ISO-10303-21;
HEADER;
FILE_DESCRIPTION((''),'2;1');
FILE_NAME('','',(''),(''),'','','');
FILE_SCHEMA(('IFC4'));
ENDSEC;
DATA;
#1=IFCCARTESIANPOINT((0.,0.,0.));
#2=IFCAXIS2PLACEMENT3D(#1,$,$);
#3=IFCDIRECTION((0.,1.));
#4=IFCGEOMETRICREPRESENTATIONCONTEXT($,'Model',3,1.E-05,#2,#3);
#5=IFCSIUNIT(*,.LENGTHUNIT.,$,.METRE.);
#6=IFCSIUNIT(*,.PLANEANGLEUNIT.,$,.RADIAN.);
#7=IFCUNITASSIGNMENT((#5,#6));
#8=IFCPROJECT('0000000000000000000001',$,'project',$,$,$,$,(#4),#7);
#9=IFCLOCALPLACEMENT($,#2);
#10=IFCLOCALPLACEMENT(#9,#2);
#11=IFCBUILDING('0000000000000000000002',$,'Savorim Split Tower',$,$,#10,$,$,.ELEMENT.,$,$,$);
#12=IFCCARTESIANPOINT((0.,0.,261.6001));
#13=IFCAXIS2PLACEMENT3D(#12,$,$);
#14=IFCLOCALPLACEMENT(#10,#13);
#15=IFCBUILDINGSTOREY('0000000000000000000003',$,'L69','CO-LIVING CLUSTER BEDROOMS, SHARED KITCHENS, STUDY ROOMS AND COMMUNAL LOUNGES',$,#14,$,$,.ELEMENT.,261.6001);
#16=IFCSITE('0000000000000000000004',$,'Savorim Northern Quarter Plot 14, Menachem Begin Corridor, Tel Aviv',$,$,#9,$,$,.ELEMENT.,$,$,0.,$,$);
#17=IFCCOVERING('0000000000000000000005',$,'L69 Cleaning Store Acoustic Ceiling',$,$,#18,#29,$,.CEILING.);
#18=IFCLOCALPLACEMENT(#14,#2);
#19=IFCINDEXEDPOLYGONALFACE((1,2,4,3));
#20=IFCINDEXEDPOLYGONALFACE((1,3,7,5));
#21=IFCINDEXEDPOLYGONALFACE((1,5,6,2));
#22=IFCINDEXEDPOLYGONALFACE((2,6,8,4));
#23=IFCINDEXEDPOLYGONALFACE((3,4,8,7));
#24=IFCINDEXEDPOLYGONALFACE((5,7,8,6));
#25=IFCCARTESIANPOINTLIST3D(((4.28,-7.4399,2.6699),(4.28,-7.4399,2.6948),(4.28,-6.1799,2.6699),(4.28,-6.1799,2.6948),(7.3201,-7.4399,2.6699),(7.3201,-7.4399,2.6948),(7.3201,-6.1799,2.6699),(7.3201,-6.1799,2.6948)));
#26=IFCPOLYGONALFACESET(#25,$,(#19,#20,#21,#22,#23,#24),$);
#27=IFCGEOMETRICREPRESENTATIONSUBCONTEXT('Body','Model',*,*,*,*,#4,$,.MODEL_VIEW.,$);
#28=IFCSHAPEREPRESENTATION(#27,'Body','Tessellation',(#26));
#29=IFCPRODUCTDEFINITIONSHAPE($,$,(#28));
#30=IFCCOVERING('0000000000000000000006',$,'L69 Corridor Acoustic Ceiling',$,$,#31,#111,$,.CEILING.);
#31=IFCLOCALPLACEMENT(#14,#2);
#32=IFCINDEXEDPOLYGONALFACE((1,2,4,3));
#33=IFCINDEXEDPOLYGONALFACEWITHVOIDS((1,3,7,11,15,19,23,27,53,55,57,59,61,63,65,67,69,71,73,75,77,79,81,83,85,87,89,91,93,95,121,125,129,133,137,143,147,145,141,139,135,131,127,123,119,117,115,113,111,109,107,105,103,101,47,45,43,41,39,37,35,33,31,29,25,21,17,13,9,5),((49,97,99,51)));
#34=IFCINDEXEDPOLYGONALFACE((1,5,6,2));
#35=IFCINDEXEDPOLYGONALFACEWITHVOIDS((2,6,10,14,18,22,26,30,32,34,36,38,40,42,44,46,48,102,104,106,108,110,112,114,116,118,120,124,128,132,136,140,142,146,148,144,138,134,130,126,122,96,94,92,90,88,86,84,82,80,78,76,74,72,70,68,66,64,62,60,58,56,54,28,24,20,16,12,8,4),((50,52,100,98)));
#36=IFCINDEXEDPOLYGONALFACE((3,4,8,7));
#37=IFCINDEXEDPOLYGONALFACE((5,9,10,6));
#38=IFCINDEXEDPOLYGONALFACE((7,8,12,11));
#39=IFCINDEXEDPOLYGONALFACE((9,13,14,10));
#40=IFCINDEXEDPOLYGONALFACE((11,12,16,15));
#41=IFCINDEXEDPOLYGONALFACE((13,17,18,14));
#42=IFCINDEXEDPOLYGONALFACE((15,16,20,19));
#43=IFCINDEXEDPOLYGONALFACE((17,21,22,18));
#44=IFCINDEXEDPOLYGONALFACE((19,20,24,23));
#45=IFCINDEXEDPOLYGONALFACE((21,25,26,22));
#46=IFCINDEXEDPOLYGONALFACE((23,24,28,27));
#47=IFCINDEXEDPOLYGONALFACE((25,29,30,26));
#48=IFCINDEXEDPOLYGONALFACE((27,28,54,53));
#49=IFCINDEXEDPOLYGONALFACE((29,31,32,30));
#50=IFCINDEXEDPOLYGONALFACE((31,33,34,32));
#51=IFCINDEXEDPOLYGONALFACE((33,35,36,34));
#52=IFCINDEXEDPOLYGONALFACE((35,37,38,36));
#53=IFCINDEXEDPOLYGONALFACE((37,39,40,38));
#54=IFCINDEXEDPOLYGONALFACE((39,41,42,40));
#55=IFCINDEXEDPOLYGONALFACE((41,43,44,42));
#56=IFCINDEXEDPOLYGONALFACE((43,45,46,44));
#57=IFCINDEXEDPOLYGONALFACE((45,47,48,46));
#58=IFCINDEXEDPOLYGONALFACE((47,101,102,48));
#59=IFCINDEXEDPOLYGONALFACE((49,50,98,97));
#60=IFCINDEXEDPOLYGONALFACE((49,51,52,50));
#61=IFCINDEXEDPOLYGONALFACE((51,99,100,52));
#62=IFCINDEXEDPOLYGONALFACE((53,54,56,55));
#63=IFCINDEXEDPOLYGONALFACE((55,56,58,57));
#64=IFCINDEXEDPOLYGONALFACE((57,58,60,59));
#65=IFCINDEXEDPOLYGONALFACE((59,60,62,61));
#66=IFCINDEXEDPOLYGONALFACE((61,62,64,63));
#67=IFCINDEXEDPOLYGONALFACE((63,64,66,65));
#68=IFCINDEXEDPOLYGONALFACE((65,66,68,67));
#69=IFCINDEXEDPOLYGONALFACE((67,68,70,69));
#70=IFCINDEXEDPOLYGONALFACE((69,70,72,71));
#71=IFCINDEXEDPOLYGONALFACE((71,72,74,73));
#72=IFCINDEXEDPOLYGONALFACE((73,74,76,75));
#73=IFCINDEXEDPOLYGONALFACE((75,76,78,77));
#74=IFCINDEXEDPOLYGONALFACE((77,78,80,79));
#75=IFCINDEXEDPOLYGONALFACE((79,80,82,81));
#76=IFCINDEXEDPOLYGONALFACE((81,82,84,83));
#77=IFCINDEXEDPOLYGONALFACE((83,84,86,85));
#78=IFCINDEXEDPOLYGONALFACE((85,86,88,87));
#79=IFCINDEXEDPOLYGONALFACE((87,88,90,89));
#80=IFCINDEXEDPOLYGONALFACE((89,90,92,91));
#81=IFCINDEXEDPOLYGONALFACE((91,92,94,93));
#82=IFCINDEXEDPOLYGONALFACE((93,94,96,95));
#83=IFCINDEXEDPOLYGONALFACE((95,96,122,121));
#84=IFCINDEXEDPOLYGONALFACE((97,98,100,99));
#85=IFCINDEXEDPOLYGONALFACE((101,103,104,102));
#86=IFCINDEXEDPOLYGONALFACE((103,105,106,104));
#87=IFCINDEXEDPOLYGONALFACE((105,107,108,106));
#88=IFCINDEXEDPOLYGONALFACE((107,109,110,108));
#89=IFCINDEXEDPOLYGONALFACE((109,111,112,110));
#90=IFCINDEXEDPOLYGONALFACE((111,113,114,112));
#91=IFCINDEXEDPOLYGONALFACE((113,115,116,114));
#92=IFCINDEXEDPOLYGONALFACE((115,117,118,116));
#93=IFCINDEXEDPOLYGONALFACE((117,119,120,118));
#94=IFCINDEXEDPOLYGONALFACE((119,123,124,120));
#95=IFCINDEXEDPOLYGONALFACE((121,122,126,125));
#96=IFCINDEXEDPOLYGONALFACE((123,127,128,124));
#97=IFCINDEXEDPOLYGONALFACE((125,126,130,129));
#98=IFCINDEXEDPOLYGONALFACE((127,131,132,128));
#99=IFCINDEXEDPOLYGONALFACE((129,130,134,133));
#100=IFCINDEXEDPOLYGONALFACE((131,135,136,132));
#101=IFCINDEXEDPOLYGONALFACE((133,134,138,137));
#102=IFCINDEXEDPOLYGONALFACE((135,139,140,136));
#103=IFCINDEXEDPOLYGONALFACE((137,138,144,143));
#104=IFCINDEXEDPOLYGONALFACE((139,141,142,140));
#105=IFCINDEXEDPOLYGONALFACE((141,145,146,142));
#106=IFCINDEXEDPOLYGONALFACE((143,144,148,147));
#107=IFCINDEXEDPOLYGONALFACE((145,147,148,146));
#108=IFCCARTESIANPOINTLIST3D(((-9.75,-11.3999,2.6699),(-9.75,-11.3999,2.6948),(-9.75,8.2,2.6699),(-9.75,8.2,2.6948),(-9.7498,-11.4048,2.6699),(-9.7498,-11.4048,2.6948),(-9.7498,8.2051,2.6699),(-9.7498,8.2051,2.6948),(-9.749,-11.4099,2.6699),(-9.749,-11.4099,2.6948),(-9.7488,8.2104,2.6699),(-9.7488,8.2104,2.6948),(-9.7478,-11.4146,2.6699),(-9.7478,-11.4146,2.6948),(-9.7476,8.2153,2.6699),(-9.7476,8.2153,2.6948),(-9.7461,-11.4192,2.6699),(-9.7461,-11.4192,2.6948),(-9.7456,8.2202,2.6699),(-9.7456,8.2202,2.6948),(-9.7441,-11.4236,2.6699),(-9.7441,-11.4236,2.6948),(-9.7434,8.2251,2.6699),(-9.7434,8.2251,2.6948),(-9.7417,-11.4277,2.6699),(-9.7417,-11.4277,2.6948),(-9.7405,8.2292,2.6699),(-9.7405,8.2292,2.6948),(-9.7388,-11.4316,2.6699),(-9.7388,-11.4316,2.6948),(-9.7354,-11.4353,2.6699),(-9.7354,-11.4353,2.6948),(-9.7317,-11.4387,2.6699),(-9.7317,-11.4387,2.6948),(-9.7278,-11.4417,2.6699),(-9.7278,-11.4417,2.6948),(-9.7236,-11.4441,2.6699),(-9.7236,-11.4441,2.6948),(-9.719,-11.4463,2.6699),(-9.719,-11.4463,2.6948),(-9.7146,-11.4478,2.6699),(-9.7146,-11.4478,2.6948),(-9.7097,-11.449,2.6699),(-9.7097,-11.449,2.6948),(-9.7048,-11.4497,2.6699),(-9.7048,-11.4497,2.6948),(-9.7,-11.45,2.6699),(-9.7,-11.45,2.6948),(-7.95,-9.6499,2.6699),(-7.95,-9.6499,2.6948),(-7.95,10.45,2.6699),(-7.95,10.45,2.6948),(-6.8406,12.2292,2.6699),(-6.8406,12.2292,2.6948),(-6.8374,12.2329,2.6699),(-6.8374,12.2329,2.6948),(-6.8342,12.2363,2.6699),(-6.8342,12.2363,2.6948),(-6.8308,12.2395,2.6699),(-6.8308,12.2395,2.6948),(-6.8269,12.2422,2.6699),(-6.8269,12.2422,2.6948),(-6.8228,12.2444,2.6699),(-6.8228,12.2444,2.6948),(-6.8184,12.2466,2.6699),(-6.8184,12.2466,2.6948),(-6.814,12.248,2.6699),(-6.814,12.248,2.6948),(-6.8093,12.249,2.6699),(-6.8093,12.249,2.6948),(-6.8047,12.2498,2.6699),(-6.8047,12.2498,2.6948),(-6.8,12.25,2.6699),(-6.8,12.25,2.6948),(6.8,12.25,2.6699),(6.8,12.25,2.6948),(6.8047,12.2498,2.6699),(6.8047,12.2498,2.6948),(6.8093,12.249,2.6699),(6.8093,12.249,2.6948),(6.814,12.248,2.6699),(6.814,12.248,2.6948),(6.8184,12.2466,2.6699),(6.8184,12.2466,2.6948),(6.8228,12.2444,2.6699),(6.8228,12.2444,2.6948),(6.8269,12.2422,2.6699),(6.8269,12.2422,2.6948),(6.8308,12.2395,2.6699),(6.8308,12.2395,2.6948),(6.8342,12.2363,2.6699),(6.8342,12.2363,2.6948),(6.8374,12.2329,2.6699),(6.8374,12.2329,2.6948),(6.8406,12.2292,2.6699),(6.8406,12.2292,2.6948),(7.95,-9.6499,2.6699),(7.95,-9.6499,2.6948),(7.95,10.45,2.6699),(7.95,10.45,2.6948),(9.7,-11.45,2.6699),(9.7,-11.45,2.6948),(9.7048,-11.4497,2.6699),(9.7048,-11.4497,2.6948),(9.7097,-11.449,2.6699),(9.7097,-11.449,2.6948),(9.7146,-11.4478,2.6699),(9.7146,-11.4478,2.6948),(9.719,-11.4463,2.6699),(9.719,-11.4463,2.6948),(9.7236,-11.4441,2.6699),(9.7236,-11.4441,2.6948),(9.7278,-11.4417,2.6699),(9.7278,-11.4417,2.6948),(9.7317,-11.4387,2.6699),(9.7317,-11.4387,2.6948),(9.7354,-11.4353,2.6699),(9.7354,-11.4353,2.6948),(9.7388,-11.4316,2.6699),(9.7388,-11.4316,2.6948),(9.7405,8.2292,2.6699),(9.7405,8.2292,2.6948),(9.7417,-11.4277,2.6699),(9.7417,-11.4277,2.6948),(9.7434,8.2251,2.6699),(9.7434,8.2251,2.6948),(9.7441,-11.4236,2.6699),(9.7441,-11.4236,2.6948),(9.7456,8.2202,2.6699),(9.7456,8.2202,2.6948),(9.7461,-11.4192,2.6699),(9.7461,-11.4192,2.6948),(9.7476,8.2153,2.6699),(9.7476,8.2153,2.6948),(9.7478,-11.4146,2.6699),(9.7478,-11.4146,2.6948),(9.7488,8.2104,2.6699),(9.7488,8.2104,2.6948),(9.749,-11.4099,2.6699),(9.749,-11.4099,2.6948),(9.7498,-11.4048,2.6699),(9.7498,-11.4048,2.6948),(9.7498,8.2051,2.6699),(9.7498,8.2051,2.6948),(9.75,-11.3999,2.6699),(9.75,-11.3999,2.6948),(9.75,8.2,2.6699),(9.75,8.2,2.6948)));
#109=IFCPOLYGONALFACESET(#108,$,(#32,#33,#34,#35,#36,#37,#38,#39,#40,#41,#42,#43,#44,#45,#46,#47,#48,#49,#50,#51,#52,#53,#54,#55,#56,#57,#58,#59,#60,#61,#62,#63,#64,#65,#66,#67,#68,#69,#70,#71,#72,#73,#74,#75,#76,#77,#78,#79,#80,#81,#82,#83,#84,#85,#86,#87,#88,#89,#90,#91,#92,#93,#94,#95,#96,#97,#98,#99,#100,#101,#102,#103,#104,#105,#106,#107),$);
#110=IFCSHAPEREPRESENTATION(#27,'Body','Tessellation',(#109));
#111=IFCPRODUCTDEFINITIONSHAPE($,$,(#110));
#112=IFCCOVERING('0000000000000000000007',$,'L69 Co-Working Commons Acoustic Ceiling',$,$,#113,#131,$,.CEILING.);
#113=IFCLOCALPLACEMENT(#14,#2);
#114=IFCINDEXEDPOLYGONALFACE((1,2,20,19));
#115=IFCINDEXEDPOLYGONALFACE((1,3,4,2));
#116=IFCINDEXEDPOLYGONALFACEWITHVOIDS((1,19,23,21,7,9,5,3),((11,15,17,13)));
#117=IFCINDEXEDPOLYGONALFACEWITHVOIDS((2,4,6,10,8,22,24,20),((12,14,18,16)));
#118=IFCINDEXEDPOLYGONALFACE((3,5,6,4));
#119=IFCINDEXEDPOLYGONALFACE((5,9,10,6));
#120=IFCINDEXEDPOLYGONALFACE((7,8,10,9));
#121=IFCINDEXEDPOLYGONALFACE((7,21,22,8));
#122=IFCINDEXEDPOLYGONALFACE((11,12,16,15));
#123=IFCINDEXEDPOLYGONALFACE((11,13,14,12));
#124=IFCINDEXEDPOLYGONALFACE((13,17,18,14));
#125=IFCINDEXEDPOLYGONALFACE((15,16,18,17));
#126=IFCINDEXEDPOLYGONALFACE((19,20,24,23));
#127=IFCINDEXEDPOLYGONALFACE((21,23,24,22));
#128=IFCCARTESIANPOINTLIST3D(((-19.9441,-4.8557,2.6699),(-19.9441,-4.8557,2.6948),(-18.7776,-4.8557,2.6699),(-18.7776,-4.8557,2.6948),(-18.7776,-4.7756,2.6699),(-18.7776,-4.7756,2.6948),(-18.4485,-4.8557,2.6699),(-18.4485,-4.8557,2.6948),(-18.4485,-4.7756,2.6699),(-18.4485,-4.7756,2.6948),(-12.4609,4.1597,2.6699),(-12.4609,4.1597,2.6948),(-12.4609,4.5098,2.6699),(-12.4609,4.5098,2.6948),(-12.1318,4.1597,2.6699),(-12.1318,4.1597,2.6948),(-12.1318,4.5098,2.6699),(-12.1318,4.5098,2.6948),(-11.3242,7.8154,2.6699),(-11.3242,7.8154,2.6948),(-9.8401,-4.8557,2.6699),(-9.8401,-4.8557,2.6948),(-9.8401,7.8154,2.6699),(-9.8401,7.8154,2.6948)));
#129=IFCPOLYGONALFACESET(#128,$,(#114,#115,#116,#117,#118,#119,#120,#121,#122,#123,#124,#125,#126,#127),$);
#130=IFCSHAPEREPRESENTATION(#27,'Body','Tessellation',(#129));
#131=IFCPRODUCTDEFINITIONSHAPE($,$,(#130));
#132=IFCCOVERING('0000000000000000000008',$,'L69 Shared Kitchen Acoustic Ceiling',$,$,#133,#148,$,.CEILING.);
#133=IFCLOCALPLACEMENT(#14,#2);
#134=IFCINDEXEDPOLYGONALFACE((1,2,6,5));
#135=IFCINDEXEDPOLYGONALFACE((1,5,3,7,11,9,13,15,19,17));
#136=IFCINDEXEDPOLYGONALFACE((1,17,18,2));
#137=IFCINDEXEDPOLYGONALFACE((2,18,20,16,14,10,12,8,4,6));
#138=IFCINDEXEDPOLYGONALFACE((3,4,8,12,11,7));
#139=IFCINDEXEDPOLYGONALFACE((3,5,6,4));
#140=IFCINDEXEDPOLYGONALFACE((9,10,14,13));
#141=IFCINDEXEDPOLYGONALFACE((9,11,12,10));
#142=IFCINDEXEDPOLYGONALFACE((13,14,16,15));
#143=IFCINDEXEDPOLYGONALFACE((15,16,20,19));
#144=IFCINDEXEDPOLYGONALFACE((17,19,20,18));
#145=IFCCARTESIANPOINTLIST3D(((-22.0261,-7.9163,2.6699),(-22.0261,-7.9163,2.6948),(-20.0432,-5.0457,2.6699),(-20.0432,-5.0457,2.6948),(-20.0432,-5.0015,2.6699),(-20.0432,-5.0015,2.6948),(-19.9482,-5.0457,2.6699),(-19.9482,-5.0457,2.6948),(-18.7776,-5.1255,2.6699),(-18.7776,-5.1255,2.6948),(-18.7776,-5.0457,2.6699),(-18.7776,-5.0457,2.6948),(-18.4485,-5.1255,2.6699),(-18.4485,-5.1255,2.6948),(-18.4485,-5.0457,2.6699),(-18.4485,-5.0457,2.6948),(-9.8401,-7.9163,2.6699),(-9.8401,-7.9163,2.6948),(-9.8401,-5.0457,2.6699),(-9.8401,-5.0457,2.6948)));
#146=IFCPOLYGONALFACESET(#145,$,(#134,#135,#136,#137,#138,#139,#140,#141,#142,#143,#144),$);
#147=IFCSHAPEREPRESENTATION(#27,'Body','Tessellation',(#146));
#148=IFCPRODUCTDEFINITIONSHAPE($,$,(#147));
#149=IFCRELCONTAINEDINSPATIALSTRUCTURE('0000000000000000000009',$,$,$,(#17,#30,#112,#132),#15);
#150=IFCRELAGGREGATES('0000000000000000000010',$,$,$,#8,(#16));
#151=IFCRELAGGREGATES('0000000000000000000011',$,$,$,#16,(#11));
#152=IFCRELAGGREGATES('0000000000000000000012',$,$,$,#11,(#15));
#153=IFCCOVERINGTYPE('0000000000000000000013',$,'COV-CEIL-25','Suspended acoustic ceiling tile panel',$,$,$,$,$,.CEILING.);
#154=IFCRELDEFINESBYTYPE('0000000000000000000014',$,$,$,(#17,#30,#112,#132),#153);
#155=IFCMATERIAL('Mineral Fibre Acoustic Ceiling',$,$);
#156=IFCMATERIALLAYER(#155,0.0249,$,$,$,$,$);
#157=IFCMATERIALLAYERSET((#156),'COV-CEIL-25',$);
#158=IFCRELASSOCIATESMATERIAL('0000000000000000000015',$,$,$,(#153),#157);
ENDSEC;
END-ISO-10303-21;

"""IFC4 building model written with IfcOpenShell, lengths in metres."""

from ifc_helpers import new_model, si_unit, direction, frame, origin, place, context, subcontext, project, spatial, polyline, outline, extrude, material, layer, layer_set, type_object, element, save


model = new_model("IFC4")

# Units and contexts
model_context = context("Model", 3, precision=1e-05, world=origin(), true_north=direction((0.0, 1.0)))
body_context = subcontext(model_context, "Body", "Model", "MODEL_VIEW")
ifc_project = project(units=[si_unit("LENGTHUNIT", "METRE"), si_unit("PLANEANGLEUNIT", "RADIAN")], contexts=[model_context])

# Site, building, storey
site_placement = place(None, origin())
site = spatial("IfcSite", under=ifc_project, at=site_placement, Name="Savorim Northern Quarter Plot 14, Menachem Begin Corridor, Tel Aviv", CompositionType="ELEMENT", RefElevation=0.0)
building_placement = place(site_placement, origin())
building = spatial("IfcBuilding", under=site, at=building_placement, Name="Savorim Split Tower", CompositionType="ELEMENT")
storey_placement = place(building_placement, frame((0.0, 0.0, 261.6001)))
storey = spatial("IfcBuildingStorey", under=building, at=storey_placement, Name="L69", Description="CO-LIVING CLUSTER BEDROOMS, SHARED KITCHENS, STUDY ROOMS AND COMMUNAL LOUNGES", CompositionType="ELEMENT", Elevation=261.6001)

# Coverings
ifc_material_1 = material(Name="Mineral Fibre Acoustic Ceiling")
ifc_layer_1 = layer(ifc_material_1, 0.0249)
ifc_layer_set_1 = layer_set([ifc_layer_1], Name="COV-CEIL-25")
covering_type_1 = type_object("IfcCoveringType", Name="COV-CEIL-25", Description="Suspended acoustic ceiling tile panel", PredefinedType="CEILING", material=ifc_layer_set_1)
covering_1_placement = place(storey_placement, frame((0.0, 0.0, 2.6699)))
element("IfcCovering", 1, at=covering_1_placement, inside=storey, type_object=covering_type_1, Name="L69 Cleaning Store Acoustic Ceiling", PredefinedType="CEILING", context=body_context, shape_type="SweptSolid", body=[
    extrude(outline(polyline([(4.28, -6.1799), (4.28, -7.4399), (7.3201, -7.4399), (7.3201, -6.1799), (4.28, -6.1799)])), origin(), (0.0, 0.0, 1.0), 0.0249),
])
covering_2_placement = place(storey_placement, frame((0.0, 0.0, 2.6699)))
element("IfcCovering", 2, at=covering_2_placement, inside=storey, type_object=covering_type_1, Name="L69 Corridor Acoustic Ceiling", PredefinedType="CEILING", context=body_context, shape_type="SweptSolid", body=[
    extrude(outline(polyline([(6.8093, 12.249), (6.8047, 12.2498), (6.8, 12.25), (-6.8, 12.25), (-6.8047, 12.2498), (-6.8093, 12.249), (-6.814, 12.248), (-6.8184, 12.2466), (-6.8228, 12.2444), (-6.8269, 12.2422), (-6.8308, 12.2395), (-6.8342, 12.2363), (-6.8374, 12.2329), (-6.8406, 12.2292), (-9.7405, 8.2292), (-9.7434, 8.2251), (-9.7456, 8.2202), (-9.7476, 8.2153), (-9.7488, 8.2104), (-9.7498, 8.2051), (-9.75, 8.2), (-9.75, -11.3999), (-9.7498, -11.4048), (-9.749, -11.4099), (-9.7478, -11.4146), (-9.7461, -11.4192), (-9.7441, -11.4236), (-9.7417, -11.4277), (-9.7388, -11.4316), (-9.7354, -11.4353), (-9.7317, -11.4387), (-9.7278, -11.4417), (-9.7236, -11.4441), (-9.719, -11.4463), (-9.7146, -11.4478), (-9.7097, -11.449), (-9.7048, -11.4497), (-9.7, -11.45), (9.7, -11.45), (9.7048, -11.4497), (9.7097, -11.449), (9.7146, -11.4478), (9.719, -11.4463), (9.7236, -11.4441), (9.7278, -11.4417), (9.7317, -11.4387), (9.7354, -11.4353), (9.7388, -11.4316), (9.7417, -11.4277), (9.7441, -11.4236), (9.7461, -11.4192), (9.7478, -11.4146), (9.749, -11.4099), (9.7498, -11.4048), (9.75, -11.3999), (9.75, 8.2), (9.7498, 8.2051), (9.7488, 8.2104), (9.7476, 8.2153), (9.7456, 8.2202), (9.7434, 8.2251), (9.7405, 8.2292), (6.8406, 12.2292), (6.8374, 12.2329), (6.8342, 12.2363), (6.8308, 12.2395), (6.8269, 12.2422), (6.8228, 12.2444), (6.8184, 12.2466), (6.814, 12.248), (6.8093, 12.249)]), holes=[polyline([(-7.95, 10.45), (-7.95, -9.6499), (7.95, -9.6499), (7.95, 10.45), (-7.95, 10.45)])]), origin(), (0.0, 0.0, 1.0), 0.0249),
])
covering_3_placement = place(storey_placement, frame((0.0, 0.0, 2.6699)))
element("IfcCovering", 3, at=covering_3_placement, inside=storey, type_object=covering_type_1, Name="L69 Co-Working Commons Acoustic Ceiling", PredefinedType="CEILING", context=body_context, shape_type="SweptSolid", body=[
    extrude(outline(polyline([(-18.4485, -4.7756), (-18.4485, -4.8557), (-9.8401, -4.8557), (-9.8401, 7.8154), (-11.3242, 7.8154), (-19.9441, -4.8557), (-18.7776, -4.8557), (-18.7776, -4.7756), (-18.4485, -4.7756)]), holes=[polyline([(-12.4609, 4.5098), (-12.4609, 4.1597), (-12.1318, 4.1597), (-12.1318, 4.5098), (-12.4609, 4.5098)])]), origin(), (0.0, 0.0, 1.0), 0.0249),
])
covering_4_placement = place(storey_placement, frame((0.0, 0.0, 2.6699)))
element("IfcCovering", 4, at=covering_4_placement, inside=storey, type_object=covering_type_1, Name="L69 Shared Kitchen Acoustic Ceiling", PredefinedType="CEILING", context=body_context, shape_type="SweptSolid", body=[
    extrude(outline(polyline([(-19.9482, -5.0457), (-20.0432, -5.0457), (-20.0432, -5.0015), (-22.0261, -7.9163), (-9.8401, -7.9163), (-9.8401, -5.0457), (-18.4485, -5.0457), (-18.4485, -5.1255), (-18.7776, -5.1255), (-18.7776, -5.0457), (-19.9482, -5.0457)])), origin(), (0.0, 0.0, 1.0), 0.0249),
])

save(model, "model.ifc")
